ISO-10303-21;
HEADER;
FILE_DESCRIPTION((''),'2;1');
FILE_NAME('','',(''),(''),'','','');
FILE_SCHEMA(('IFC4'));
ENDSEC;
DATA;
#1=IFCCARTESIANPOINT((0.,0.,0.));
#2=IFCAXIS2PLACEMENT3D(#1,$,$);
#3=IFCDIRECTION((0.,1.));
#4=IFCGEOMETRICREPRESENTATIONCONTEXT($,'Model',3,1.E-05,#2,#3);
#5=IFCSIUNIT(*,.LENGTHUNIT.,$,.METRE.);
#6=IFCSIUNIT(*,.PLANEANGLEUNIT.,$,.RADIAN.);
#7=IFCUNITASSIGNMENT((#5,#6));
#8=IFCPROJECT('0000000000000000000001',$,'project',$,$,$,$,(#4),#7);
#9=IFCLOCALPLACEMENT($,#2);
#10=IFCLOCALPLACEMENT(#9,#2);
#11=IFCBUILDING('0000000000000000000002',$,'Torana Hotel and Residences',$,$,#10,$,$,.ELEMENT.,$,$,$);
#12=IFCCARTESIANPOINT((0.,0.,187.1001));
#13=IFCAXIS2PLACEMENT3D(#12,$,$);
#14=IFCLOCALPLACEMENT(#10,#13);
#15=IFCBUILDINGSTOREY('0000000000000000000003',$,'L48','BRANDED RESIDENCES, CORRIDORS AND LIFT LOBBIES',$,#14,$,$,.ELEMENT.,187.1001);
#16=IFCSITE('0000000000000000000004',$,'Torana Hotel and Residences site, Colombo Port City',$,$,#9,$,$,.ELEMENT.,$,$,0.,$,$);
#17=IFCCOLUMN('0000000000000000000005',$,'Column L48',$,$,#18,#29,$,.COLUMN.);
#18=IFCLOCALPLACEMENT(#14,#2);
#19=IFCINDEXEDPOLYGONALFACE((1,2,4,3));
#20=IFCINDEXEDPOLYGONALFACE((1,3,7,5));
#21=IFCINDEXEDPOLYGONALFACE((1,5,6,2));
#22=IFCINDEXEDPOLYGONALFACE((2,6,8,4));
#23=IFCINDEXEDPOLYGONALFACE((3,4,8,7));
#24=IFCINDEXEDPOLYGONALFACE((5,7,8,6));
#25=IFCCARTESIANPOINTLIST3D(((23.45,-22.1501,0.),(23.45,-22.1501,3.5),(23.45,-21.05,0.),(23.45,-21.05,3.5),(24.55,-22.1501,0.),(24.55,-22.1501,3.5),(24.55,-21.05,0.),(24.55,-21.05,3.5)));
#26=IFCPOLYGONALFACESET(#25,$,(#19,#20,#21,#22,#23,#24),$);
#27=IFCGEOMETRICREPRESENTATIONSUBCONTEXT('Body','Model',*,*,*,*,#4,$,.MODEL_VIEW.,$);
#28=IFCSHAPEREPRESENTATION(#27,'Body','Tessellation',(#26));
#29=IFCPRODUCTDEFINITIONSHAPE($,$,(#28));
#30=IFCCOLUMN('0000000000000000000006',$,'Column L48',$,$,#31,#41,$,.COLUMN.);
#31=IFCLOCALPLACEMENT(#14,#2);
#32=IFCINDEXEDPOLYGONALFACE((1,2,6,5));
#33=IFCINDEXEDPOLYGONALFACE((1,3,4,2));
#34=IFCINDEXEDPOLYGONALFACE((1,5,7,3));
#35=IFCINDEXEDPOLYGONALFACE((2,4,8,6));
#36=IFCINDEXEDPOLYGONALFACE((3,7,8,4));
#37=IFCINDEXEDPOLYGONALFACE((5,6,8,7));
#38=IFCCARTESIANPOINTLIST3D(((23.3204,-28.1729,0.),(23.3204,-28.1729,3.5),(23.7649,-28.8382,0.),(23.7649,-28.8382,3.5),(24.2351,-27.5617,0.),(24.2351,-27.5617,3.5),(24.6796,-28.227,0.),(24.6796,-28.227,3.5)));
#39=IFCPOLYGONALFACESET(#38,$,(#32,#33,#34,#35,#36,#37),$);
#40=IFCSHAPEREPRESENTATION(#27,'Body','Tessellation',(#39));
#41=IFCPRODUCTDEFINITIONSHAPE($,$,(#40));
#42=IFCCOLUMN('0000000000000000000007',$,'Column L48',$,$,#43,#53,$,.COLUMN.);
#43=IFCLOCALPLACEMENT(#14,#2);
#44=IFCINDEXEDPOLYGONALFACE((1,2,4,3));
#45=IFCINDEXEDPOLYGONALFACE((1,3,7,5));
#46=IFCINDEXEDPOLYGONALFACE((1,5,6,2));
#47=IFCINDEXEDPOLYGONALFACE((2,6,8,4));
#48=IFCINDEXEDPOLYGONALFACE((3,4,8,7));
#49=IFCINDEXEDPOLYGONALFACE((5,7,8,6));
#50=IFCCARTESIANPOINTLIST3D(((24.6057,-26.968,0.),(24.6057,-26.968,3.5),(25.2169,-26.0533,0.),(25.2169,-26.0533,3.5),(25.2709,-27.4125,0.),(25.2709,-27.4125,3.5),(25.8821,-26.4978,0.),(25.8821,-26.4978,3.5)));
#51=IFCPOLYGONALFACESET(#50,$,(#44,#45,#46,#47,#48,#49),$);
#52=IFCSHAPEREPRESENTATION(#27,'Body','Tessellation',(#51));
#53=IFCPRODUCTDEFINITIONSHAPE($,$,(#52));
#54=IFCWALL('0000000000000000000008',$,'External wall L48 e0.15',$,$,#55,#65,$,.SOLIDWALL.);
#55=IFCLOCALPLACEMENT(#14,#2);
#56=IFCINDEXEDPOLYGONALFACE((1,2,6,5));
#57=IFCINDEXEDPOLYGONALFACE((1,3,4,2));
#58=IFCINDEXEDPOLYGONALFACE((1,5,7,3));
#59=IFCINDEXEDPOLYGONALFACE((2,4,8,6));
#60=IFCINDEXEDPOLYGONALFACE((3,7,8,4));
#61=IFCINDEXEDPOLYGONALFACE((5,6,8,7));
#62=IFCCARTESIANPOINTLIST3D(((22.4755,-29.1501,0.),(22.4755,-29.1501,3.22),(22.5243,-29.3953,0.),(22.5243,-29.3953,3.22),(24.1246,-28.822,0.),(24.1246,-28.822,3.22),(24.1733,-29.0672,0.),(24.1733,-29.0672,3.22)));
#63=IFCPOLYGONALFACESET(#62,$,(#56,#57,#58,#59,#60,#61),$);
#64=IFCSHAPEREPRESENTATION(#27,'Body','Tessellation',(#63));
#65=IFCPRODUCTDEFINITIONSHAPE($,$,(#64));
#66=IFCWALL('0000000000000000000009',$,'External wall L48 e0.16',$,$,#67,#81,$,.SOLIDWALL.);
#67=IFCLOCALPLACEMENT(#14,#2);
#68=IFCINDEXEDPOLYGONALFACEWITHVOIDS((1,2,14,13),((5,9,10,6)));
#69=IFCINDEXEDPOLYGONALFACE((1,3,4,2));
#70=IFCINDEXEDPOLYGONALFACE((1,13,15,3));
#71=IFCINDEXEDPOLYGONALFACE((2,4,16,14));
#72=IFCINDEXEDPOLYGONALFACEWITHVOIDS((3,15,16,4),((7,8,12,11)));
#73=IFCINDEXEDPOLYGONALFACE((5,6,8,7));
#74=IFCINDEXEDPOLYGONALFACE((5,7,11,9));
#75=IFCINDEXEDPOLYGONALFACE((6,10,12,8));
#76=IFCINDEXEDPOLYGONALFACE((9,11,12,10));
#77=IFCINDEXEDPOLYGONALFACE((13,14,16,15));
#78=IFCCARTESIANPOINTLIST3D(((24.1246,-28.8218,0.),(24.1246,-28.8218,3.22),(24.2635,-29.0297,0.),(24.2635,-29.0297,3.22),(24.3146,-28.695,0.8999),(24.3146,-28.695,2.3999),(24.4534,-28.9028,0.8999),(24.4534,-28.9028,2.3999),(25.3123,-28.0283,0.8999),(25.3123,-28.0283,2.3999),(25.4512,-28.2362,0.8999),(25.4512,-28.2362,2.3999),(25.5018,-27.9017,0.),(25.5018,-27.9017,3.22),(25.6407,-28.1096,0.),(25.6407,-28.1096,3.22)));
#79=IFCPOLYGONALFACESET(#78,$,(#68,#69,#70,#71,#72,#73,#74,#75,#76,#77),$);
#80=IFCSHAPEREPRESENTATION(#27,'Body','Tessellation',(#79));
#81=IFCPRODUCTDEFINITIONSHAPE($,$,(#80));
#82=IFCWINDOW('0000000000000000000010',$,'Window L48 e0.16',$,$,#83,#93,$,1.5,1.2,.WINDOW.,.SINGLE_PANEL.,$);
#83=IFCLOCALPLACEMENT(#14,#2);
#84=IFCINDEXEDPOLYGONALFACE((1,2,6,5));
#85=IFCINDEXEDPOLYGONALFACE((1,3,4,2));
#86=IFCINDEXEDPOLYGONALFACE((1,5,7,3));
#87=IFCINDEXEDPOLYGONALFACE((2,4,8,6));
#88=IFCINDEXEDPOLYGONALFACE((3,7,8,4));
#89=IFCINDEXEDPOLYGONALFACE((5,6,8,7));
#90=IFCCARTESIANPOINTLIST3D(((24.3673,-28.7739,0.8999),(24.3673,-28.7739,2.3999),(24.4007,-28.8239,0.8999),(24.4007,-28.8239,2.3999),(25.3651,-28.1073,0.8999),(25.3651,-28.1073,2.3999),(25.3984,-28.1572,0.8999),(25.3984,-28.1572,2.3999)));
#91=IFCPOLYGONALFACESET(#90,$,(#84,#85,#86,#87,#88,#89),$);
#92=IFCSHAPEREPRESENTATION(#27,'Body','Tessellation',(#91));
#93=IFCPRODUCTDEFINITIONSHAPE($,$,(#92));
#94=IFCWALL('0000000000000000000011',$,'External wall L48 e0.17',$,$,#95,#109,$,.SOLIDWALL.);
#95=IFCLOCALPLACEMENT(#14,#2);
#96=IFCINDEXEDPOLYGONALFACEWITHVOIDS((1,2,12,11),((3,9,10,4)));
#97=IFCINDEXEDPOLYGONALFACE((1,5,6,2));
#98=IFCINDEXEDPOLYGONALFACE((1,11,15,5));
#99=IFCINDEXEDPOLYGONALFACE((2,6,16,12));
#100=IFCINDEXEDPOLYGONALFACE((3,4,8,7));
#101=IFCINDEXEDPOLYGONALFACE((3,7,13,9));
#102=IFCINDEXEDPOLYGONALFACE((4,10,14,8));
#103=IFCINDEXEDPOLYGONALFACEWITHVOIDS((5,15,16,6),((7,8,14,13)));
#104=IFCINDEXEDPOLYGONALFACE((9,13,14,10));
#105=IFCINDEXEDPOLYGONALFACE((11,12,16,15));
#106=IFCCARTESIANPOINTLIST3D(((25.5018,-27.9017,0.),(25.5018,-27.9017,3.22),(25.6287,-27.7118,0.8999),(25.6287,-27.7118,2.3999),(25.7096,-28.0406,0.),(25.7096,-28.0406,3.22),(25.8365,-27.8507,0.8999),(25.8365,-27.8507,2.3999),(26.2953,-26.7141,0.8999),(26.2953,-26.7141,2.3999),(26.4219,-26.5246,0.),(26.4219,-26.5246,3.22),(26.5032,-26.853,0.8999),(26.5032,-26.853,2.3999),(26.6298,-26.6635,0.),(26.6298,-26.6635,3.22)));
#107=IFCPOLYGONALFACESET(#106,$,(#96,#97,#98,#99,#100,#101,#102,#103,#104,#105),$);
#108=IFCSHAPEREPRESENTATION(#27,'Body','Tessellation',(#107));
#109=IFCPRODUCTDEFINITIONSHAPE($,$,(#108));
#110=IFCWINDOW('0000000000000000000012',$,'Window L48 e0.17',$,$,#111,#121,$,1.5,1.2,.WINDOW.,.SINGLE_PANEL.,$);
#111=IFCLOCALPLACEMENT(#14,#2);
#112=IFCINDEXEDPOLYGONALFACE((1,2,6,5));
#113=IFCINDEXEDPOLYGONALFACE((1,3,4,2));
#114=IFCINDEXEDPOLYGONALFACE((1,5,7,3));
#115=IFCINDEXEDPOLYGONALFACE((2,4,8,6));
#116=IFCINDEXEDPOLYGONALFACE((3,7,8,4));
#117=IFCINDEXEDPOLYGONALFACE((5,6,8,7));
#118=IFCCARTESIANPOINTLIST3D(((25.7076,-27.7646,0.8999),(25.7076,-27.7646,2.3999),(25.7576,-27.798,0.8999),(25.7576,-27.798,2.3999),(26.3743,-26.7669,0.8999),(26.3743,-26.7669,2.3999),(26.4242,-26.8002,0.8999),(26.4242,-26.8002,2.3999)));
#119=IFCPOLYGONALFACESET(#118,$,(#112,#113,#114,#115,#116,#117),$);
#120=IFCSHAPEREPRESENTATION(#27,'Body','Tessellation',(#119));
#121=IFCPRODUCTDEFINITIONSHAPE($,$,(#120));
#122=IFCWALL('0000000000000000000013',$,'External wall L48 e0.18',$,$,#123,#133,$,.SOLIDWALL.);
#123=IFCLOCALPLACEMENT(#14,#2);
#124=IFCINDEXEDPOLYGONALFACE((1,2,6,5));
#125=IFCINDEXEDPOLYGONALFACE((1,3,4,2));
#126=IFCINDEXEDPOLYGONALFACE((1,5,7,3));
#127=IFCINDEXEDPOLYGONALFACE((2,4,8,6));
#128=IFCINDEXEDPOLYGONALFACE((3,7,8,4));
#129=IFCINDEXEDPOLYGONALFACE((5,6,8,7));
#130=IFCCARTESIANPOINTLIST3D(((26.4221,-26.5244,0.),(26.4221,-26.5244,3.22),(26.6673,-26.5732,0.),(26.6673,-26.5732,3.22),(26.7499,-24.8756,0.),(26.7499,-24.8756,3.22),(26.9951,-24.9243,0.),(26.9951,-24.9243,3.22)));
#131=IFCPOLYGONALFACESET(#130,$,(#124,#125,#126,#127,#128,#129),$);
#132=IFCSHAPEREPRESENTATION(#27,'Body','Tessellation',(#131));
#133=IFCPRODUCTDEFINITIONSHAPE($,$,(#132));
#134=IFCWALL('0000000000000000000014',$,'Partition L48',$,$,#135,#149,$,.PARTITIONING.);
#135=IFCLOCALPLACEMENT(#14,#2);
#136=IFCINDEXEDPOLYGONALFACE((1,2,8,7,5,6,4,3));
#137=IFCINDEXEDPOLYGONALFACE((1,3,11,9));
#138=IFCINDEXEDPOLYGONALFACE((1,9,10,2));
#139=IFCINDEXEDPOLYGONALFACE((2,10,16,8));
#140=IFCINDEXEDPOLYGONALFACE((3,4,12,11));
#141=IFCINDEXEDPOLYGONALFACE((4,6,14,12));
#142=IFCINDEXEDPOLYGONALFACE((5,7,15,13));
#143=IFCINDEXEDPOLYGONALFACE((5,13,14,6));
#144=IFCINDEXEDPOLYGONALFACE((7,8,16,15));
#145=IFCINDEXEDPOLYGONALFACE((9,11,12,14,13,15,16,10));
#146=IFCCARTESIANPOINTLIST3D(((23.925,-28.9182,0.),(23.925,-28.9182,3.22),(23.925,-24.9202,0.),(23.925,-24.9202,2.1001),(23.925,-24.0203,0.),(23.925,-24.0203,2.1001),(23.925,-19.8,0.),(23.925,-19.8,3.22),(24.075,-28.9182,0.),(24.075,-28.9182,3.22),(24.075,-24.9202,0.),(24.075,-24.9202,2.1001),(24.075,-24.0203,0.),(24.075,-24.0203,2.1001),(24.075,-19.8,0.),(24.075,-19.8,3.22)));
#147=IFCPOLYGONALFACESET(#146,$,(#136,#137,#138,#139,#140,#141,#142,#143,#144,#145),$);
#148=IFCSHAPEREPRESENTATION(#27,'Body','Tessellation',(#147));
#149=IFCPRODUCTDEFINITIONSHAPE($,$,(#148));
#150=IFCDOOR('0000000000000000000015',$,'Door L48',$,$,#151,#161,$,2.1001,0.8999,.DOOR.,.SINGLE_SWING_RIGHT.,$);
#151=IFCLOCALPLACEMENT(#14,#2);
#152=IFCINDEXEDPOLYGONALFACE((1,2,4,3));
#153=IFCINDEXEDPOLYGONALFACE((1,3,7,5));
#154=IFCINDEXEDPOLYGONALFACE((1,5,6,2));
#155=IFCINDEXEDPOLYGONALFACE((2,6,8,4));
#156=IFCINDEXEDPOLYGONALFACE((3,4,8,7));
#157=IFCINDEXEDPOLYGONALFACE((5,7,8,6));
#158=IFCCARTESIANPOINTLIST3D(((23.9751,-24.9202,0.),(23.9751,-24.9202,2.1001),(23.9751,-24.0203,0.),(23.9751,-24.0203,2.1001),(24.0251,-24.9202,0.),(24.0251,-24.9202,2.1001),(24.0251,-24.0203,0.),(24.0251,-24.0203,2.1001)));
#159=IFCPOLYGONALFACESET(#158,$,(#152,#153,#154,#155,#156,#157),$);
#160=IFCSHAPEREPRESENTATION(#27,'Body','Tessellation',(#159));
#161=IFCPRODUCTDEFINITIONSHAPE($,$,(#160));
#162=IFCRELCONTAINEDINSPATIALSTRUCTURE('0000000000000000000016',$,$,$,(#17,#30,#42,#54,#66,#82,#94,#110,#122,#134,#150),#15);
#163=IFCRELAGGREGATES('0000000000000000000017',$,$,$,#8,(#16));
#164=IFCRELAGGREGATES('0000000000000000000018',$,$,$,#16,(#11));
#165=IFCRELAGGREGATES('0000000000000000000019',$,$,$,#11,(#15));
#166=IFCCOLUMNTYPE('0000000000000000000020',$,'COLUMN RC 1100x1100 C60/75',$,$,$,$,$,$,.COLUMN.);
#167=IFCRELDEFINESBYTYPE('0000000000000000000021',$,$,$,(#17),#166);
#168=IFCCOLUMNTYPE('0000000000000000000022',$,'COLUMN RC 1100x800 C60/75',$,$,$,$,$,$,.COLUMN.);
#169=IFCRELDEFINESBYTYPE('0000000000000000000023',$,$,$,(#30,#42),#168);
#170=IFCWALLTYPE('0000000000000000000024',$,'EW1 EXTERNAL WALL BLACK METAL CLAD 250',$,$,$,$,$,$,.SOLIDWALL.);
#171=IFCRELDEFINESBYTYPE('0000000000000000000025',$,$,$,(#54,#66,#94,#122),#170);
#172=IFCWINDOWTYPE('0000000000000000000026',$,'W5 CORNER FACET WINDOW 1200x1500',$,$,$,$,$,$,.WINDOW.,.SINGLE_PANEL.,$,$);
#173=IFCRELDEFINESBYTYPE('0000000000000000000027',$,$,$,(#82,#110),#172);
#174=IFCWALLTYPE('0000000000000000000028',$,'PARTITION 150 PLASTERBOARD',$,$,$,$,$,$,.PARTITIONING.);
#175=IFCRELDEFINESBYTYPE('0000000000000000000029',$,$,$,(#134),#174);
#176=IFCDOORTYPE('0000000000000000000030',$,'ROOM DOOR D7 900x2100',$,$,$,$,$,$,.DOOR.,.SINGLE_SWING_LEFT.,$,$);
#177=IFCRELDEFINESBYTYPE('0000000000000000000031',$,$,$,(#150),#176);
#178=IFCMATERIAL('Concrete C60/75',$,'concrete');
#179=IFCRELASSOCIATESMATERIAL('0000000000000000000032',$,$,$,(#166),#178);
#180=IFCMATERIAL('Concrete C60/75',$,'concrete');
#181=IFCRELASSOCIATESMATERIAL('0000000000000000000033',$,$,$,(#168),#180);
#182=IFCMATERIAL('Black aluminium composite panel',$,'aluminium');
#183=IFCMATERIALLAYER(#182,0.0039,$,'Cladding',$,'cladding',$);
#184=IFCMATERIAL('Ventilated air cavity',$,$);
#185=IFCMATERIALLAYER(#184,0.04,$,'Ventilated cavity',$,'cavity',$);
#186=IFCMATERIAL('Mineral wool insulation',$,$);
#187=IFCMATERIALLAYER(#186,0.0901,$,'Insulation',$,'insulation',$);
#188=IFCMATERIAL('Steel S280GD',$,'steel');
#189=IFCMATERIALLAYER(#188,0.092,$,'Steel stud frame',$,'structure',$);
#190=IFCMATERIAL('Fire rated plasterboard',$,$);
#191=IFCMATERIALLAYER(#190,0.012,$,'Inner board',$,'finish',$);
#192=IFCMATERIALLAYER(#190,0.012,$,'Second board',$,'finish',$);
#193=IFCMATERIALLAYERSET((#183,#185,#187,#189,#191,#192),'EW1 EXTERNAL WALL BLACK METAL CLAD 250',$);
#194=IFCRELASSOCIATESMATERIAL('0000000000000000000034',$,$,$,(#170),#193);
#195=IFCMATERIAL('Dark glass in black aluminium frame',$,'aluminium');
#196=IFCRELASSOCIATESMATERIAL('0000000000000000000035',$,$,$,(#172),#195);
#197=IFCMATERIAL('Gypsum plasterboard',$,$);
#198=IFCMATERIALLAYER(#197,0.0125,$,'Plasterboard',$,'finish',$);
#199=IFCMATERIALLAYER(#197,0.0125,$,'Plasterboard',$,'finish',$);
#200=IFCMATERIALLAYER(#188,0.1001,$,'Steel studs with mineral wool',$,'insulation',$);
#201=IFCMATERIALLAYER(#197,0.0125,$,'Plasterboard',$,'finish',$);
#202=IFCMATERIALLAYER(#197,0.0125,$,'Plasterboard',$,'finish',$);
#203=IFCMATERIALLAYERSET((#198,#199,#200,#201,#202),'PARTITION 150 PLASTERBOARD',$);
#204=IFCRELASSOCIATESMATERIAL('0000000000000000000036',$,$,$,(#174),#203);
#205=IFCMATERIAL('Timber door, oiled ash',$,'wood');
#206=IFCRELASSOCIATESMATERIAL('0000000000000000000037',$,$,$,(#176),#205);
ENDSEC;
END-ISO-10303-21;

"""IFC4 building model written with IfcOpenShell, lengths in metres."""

from ifc_helpers import new_model, si_unit, direction, frame, frame_2d, origin, origin_2d, place, context, subcontext, project, spatial, rectangle, extrude, material, layer, layer_set, material_profile, profile_set, type_object, element, fill, save


model = new_model("IFC4")

# Units and contexts
model_context = context("Model", 3, precision=1e-05, world=origin(), true_north=direction((0.0, 1.0)))
body_context = subcontext(model_context, "Body", "Model", "MODEL_VIEW")
ifc_project = project(units=[si_unit("LENGTHUNIT", "METRE"), si_unit("PLANEANGLEUNIT", "RADIAN")], contexts=[model_context])

# Site, building, storey
site_placement = place(None, origin())
site = spatial("IfcSite", under=ifc_project, at=site_placement, Name="Torana Hotel and Residences site, Colombo Port City", CompositionType="ELEMENT", RefElevation=0.0)
building_placement = place(site_placement, origin())
building = spatial("IfcBuilding", under=site, at=building_placement, Name="Torana Hotel and Residences", CompositionType="ELEMENT")
storey_placement = place(building_placement, frame((0.0, 0.0, 187.1001)))
storey = spatial("IfcBuildingStorey", under=building, at=storey_placement, Name="L48", Description="BRANDED RESIDENCES, CORRIDORS AND LIFT LOBBIES", CompositionType="ELEMENT", Elevation=187.1001)

# Columns
ifc_material_1 = material(Name="Concrete C60/75", Category="concrete")
ifc_material_profile_1 = material_profile(ifc_material_1, rectangle(XDim=1.1001, YDim=1.1001, at=origin_2d()), Name="RC 1100x1100")
ifc_profile_set_1 = profile_set([ifc_material_profile_1], Name="Concrete C60/75")
column_type_1 = type_object("IfcColumnType", Name="COLUMN RC 1100x1100 C60/75", PredefinedType="COLUMN", material=ifc_profile_set_1)
column_placement = place(storey_placement, frame((24.0, -21.6001, 0.0), z_axis=(0.0, 0.0, 1.0), x_axis=(1.0, 0.0, 0.0)))
element("IfcColumn", 1, at=column_placement, inside=storey, type_object=column_type_1, Name="Column L48", PredefinedType="COLUMN", context=body_context, shape_type="SweptSolid", body=[
    extrude(rectangle(XDim=1.1001, YDim=1.1001, at=origin_2d()), origin(), (0.0, 0.0, 1.0), 3.5),
])
ifc_material_2 = material(Name="Concrete C60/75", Category="concrete")
ifc_material_profile_2 = material_profile(ifc_material_2, rectangle(XDim=1.1001, YDim=0.8, at=origin_2d()), Name="RC 1100x800")
ifc_profile_set_2 = profile_set([ifc_material_profile_2], Name="Concrete C60/75")
column_type_2 = type_object("IfcColumnType", Name="COLUMN RC 1100x800 C60/75", PredefinedType="COLUMN", material=ifc_profile_set_2)
for number, where, z_axis, x_axis, name in (
    (2, (24.0, -28.2, 0.0), (0.0, 0.0, 1.0), (0.83146, 0.555585, 0.0), "Column L48"),
    (3, (25.2439, -26.7329, 0.0), (0.0, 0.0, 1.0), (0.555585, 0.83146, 0.0), "Column L48"),
):
    element("IfcColumn", number, at=place(storey_placement, frame(where, z_axis=z_axis, x_axis=x_axis)), inside=storey, type_object=column_type_2, Name=name, PredefinedType="COLUMN", context=body_context, shape_type="SweptSolid", body=[
        extrude(rectangle(XDim=1.1001, YDim=0.8, at=origin_2d()), origin(), (0.0, 0.0, 1.0), 3.5),
    ])

# Wall
ifc_material_3 = material(Name="Black aluminium composite panel", Category="aluminium")
ifc_layer_1 = layer(ifc_material_3, 0.0039, Name="Cladding", Category="cladding")
ifc_material_4 = material(Name="Ventilated air cavity")
ifc_layer_2 = layer(ifc_material_4, 0.04, Name="Ventilated cavity", Category="cavity")
ifc_material_5 = material(Name="Mineral wool insulation")
ifc_layer_3 = layer(ifc_material_5, 0.0901, Name="Insulation", Category="insulation")
ifc_material_6 = material(Name="Steel S280GD", Category="steel")
ifc_layer_4 = layer(ifc_material_6, 0.092, Name="Steel stud frame", Category="structure")
ifc_material_7 = material(Name="Fire rated plasterboard")
ifc_layer_5 = layer(ifc_material_7, 0.012, Name="Inner board", Category="finish")
ifc_layer_6 = layer(ifc_material_7, 0.012, Name="Second board", Category="finish")
ifc_layer_set_1 = layer_set([ifc_layer_1, ifc_layer_2, ifc_layer_3, ifc_layer_4, ifc_layer_5, ifc_layer_6], Name="EW1 EXTERNAL WALL BLACK METAL CLAD 250")
wall_type_1 = type_object("IfcWallType", Name="EW1 EXTERNAL WALL BLACK METAL CLAD 250", PredefinedType="SOLIDWALL", material=ifc_layer_set_1)
wall_1_placement = place(storey_placement, frame((22.4998, -29.2727, 0.0), z_axis=(0.0, 0.0, 1.0), x_axis=(0.980776, 0.195139, 0.0)))
element("IfcWall", 4, at=wall_1_placement, inside=storey, type_object=wall_type_1, Name="External wall L48 e0.15", PredefinedType="SOLIDWALL", context=body_context, shape_type="SweptSolid", body=[
    extrude(rectangle(XDim=1.6814, YDim=0.25, at=frame_2d((0.8408, 0.0))), origin(), (0.0, 0.0, 1.0), 3.22),
])

# Walls, openings, windows
wall_2_placement = place(storey_placement, frame((24.1941, -28.9258, 0.0), z_axis=(0.0, 0.0, 1.0), x_axis=(0.831483, 0.55555, 0.0)))
wall_2 = element("IfcWall", 5, at=wall_2_placement, inside=storey, type_object=wall_type_1, Name="External wall L48 e0.16", PredefinedType="SOLIDWALL", context=body_context, shape_type="SweptSolid", body=[
    extrude(rectangle(XDim=1.6562, YDim=0.25, at=frame_2d((0.8281, 0.0))), origin(), (0.0, 0.0, 1.0), 3.22),
])
opening_1_placement = place(wall_2_placement, frame((0.2283, 0.0, 0.8999)))
opening_1 = element("IfcOpeningElement", 6, at=opening_1_placement, cuts=wall_2, PredefinedType="OPENING", context=body_context, shape_type="SweptSolid", body=[
    extrude(rectangle(XDim=1.2, YDim=1.5, at=frame_2d((0.6001, 0.75))), frame((0.0, 0.135, 0.0), z_axis=(0.0, -1.0, 0.0), x_axis=(1.0, 0.0, 0.0)), (0.0, 0.0, 1.0), 0.27),
])
ifc_material_8 = material(Name="Dark glass in black aluminium frame", Category="aluminium")
window_type_1 = type_object("IfcWindowType", Name="W5 CORNER FACET WINDOW 1200x1500", PartitioningType="SINGLE_PANEL", PredefinedType="WINDOW", material=ifc_material_8)
window_1_placement = place(opening_1_placement, origin())
window_1 = element("IfcWindow", 7, at=window_1_placement, inside=storey, type_object=window_type_1, Name="Window L48 e0.16", OverallHeight=1.5, OverallWidth=1.2, PartitioningType="SINGLE_PANEL", PredefinedType="WINDOW", context=body_context, shape_type="SweptSolid", body=[
    extrude(rectangle(XDim=1.2, YDim=1.5, at=frame_2d((0.6001, 0.75))), frame((0.0, 0.03, 0.0), z_axis=(0.0, -1.0, 0.0), x_axis=(1.0, 0.0, 0.0)), (0.0, 0.0, 1.0), 0.0601),
])
fill(opening_1, window_1)
wall_3_placement = place(storey_placement, frame((25.6057, -27.9712, 0.0), z_axis=(0.0, 0.0, 1.0), x_axis=(0.55555, 0.831483, 0.0)))
wall_3 = element("IfcWall", 8, at=wall_3_placement, inside=storey, type_object=wall_type_1, Name="External wall L48 e0.17", PredefinedType="SOLIDWALL", context=body_context, shape_type="SweptSolid", body=[
    extrude(rectangle(XDim=1.6562, YDim=0.25, at=frame_2d((0.8281, 0.0))), origin(), (0.0, 0.0, 1.0), 3.22),
])
opening_2_placement = place(wall_3_placement, frame((0.2283, 0.0, 0.8999)))
opening_2 = element("IfcOpeningElement", 9, at=opening_2_placement, cuts=wall_3, PredefinedType="OPENING", context=body_context, shape_type="SweptSolid", body=[
    extrude(rectangle(XDim=1.2, YDim=1.5, at=frame_2d((0.6001, 0.75))), frame((0.0, 0.135, 0.0), z_axis=(0.0, -1.0, 0.0), x_axis=(1.0, 0.0, 0.0)), (0.0, 0.0, 1.0), 0.27),
])
window_2_placement = place(opening_2_placement, origin())
window_2 = element("IfcWindow", 10, at=window_2_placement, inside=storey, type_object=window_type_1, Name="Window L48 e0.17", OverallHeight=1.5, OverallWidth=1.2, PartitioningType="SINGLE_PANEL", PredefinedType="WINDOW", context=body_context, shape_type="SweptSolid", body=[
    extrude(rectangle(XDim=1.2, YDim=1.5, at=frame_2d((0.6001, 0.75))), frame((0.0, 0.03, 0.0), z_axis=(0.0, -1.0, 0.0), x_axis=(1.0, 0.0, 0.0)), (0.0, 0.0, 1.0), 0.0601),
])
fill(opening_2, window_2)

# Wall
wall_4_placement = place(storey_placement, frame((26.5447, -26.5488, 0.0), z_axis=(0.0, 0.0, 1.0), x_axis=(0.195027, 0.980798, 0.0)))
element("IfcWall", 11, at=wall_4_placement, inside=storey, type_object=wall_type_1, Name="External wall L48 e0.18", PredefinedType="SOLIDWALL", context=body_context, shape_type="SweptSolid", body=[
    extrude(rectangle(XDim=1.6812, YDim=0.25, at=frame_2d((0.8406, 0.0))), origin(), (0.0, 0.0, 1.0), 3.22),
])

# Wall, opening, door
ifc_material_9 = material(Name="Gypsum plasterboard")
ifc_layer_7 = layer(ifc_material_9, 0.0125, Name="Plasterboard", Category="finish")
ifc_layer_8 = layer(ifc_material_9, 0.0125, Name="Plasterboard", Category="finish")
ifc_layer_9 = layer(ifc_material_6, 0.1001, Name="Steel studs with mineral wool", Category="insulation")
ifc_layer_10 = layer(ifc_material_9, 0.0125, Name="Plasterboard", Category="finish")
ifc_layer_11 = layer(ifc_material_9, 0.0125, Name="Plasterboard", Category="finish")
ifc_layer_set_2 = layer_set([ifc_layer_7, ifc_layer_8, ifc_layer_9, ifc_layer_10, ifc_layer_11], Name="PARTITION 150 PLASTERBOARD")
wall_type_2 = type_object("IfcWallType", Name="PARTITION 150 PLASTERBOARD", PredefinedType="PARTITIONING", material=ifc_layer_set_2)
wall_5_placement = place(storey_placement, frame((24.0, -28.9182, 0.0), z_axis=(0.0, 0.0, 1.0), x_axis=(0.0, 1.0, 0.0)))
wall_5 = element("IfcWall", 12, at=wall_5_placement, inside=storey, type_object=wall_type_2, Name="Partition L48", PredefinedType="PARTITIONING", context=body_context, shape_type="SweptSolid", body=[
    extrude(rectangle(XDim=9.1182, YDim=0.1499, at=frame_2d((4.5591, 0.0))), origin(), (0.0, 0.0, 1.0), 3.22),
])
opening_3_placement = place(wall_5_placement, frame((3.998, 0.0, 0.0)))
opening_3 = element("IfcOpeningElement", 13, at=opening_3_placement, cuts=wall_5, PredefinedType="OPENING", context=body_context, shape_type="SweptSolid", body=[
    extrude(rectangle(XDim=0.8999, YDim=2.1001, at=frame_2d((0.45, 1.05))), frame((0.0, 0.085, 0.0), z_axis=(0.0, -1.0, 0.0), x_axis=(1.0, 0.0, 0.0)), (0.0, 0.0, 1.0), 0.1699),
])
ifc_material_10 = material(Name="Timber door, oiled ash", Category="wood")
door_type_1 = type_object("IfcDoorType", Name="ROOM DOOR D7 900x2100", OperationType="SINGLE_SWING_LEFT", PredefinedType="DOOR", material=ifc_material_10)
door_1_placement = place(opening_3_placement, origin())
door_1 = element("IfcDoor", 14, at=door_1_placement, inside=storey, type_object=door_type_1, Name="Door L48", OperationType="SINGLE_SWING_RIGHT", OverallHeight=2.1001, OverallWidth=0.8999, PredefinedType="DOOR", context=body_context, shape_type="SweptSolid", body=[
    extrude(rectangle(XDim=0.8999, YDim=2.1001, at=frame_2d((0.45, 1.05))), frame((0.0, 0.0249, 0.0), z_axis=(0.0, -1.0, 0.0), x_axis=(1.0, 0.0, 0.0)), (0.0, 0.0, 1.0), 0.05),
])
fill(opening_3, door_1)

save(model, "model.ifc")
